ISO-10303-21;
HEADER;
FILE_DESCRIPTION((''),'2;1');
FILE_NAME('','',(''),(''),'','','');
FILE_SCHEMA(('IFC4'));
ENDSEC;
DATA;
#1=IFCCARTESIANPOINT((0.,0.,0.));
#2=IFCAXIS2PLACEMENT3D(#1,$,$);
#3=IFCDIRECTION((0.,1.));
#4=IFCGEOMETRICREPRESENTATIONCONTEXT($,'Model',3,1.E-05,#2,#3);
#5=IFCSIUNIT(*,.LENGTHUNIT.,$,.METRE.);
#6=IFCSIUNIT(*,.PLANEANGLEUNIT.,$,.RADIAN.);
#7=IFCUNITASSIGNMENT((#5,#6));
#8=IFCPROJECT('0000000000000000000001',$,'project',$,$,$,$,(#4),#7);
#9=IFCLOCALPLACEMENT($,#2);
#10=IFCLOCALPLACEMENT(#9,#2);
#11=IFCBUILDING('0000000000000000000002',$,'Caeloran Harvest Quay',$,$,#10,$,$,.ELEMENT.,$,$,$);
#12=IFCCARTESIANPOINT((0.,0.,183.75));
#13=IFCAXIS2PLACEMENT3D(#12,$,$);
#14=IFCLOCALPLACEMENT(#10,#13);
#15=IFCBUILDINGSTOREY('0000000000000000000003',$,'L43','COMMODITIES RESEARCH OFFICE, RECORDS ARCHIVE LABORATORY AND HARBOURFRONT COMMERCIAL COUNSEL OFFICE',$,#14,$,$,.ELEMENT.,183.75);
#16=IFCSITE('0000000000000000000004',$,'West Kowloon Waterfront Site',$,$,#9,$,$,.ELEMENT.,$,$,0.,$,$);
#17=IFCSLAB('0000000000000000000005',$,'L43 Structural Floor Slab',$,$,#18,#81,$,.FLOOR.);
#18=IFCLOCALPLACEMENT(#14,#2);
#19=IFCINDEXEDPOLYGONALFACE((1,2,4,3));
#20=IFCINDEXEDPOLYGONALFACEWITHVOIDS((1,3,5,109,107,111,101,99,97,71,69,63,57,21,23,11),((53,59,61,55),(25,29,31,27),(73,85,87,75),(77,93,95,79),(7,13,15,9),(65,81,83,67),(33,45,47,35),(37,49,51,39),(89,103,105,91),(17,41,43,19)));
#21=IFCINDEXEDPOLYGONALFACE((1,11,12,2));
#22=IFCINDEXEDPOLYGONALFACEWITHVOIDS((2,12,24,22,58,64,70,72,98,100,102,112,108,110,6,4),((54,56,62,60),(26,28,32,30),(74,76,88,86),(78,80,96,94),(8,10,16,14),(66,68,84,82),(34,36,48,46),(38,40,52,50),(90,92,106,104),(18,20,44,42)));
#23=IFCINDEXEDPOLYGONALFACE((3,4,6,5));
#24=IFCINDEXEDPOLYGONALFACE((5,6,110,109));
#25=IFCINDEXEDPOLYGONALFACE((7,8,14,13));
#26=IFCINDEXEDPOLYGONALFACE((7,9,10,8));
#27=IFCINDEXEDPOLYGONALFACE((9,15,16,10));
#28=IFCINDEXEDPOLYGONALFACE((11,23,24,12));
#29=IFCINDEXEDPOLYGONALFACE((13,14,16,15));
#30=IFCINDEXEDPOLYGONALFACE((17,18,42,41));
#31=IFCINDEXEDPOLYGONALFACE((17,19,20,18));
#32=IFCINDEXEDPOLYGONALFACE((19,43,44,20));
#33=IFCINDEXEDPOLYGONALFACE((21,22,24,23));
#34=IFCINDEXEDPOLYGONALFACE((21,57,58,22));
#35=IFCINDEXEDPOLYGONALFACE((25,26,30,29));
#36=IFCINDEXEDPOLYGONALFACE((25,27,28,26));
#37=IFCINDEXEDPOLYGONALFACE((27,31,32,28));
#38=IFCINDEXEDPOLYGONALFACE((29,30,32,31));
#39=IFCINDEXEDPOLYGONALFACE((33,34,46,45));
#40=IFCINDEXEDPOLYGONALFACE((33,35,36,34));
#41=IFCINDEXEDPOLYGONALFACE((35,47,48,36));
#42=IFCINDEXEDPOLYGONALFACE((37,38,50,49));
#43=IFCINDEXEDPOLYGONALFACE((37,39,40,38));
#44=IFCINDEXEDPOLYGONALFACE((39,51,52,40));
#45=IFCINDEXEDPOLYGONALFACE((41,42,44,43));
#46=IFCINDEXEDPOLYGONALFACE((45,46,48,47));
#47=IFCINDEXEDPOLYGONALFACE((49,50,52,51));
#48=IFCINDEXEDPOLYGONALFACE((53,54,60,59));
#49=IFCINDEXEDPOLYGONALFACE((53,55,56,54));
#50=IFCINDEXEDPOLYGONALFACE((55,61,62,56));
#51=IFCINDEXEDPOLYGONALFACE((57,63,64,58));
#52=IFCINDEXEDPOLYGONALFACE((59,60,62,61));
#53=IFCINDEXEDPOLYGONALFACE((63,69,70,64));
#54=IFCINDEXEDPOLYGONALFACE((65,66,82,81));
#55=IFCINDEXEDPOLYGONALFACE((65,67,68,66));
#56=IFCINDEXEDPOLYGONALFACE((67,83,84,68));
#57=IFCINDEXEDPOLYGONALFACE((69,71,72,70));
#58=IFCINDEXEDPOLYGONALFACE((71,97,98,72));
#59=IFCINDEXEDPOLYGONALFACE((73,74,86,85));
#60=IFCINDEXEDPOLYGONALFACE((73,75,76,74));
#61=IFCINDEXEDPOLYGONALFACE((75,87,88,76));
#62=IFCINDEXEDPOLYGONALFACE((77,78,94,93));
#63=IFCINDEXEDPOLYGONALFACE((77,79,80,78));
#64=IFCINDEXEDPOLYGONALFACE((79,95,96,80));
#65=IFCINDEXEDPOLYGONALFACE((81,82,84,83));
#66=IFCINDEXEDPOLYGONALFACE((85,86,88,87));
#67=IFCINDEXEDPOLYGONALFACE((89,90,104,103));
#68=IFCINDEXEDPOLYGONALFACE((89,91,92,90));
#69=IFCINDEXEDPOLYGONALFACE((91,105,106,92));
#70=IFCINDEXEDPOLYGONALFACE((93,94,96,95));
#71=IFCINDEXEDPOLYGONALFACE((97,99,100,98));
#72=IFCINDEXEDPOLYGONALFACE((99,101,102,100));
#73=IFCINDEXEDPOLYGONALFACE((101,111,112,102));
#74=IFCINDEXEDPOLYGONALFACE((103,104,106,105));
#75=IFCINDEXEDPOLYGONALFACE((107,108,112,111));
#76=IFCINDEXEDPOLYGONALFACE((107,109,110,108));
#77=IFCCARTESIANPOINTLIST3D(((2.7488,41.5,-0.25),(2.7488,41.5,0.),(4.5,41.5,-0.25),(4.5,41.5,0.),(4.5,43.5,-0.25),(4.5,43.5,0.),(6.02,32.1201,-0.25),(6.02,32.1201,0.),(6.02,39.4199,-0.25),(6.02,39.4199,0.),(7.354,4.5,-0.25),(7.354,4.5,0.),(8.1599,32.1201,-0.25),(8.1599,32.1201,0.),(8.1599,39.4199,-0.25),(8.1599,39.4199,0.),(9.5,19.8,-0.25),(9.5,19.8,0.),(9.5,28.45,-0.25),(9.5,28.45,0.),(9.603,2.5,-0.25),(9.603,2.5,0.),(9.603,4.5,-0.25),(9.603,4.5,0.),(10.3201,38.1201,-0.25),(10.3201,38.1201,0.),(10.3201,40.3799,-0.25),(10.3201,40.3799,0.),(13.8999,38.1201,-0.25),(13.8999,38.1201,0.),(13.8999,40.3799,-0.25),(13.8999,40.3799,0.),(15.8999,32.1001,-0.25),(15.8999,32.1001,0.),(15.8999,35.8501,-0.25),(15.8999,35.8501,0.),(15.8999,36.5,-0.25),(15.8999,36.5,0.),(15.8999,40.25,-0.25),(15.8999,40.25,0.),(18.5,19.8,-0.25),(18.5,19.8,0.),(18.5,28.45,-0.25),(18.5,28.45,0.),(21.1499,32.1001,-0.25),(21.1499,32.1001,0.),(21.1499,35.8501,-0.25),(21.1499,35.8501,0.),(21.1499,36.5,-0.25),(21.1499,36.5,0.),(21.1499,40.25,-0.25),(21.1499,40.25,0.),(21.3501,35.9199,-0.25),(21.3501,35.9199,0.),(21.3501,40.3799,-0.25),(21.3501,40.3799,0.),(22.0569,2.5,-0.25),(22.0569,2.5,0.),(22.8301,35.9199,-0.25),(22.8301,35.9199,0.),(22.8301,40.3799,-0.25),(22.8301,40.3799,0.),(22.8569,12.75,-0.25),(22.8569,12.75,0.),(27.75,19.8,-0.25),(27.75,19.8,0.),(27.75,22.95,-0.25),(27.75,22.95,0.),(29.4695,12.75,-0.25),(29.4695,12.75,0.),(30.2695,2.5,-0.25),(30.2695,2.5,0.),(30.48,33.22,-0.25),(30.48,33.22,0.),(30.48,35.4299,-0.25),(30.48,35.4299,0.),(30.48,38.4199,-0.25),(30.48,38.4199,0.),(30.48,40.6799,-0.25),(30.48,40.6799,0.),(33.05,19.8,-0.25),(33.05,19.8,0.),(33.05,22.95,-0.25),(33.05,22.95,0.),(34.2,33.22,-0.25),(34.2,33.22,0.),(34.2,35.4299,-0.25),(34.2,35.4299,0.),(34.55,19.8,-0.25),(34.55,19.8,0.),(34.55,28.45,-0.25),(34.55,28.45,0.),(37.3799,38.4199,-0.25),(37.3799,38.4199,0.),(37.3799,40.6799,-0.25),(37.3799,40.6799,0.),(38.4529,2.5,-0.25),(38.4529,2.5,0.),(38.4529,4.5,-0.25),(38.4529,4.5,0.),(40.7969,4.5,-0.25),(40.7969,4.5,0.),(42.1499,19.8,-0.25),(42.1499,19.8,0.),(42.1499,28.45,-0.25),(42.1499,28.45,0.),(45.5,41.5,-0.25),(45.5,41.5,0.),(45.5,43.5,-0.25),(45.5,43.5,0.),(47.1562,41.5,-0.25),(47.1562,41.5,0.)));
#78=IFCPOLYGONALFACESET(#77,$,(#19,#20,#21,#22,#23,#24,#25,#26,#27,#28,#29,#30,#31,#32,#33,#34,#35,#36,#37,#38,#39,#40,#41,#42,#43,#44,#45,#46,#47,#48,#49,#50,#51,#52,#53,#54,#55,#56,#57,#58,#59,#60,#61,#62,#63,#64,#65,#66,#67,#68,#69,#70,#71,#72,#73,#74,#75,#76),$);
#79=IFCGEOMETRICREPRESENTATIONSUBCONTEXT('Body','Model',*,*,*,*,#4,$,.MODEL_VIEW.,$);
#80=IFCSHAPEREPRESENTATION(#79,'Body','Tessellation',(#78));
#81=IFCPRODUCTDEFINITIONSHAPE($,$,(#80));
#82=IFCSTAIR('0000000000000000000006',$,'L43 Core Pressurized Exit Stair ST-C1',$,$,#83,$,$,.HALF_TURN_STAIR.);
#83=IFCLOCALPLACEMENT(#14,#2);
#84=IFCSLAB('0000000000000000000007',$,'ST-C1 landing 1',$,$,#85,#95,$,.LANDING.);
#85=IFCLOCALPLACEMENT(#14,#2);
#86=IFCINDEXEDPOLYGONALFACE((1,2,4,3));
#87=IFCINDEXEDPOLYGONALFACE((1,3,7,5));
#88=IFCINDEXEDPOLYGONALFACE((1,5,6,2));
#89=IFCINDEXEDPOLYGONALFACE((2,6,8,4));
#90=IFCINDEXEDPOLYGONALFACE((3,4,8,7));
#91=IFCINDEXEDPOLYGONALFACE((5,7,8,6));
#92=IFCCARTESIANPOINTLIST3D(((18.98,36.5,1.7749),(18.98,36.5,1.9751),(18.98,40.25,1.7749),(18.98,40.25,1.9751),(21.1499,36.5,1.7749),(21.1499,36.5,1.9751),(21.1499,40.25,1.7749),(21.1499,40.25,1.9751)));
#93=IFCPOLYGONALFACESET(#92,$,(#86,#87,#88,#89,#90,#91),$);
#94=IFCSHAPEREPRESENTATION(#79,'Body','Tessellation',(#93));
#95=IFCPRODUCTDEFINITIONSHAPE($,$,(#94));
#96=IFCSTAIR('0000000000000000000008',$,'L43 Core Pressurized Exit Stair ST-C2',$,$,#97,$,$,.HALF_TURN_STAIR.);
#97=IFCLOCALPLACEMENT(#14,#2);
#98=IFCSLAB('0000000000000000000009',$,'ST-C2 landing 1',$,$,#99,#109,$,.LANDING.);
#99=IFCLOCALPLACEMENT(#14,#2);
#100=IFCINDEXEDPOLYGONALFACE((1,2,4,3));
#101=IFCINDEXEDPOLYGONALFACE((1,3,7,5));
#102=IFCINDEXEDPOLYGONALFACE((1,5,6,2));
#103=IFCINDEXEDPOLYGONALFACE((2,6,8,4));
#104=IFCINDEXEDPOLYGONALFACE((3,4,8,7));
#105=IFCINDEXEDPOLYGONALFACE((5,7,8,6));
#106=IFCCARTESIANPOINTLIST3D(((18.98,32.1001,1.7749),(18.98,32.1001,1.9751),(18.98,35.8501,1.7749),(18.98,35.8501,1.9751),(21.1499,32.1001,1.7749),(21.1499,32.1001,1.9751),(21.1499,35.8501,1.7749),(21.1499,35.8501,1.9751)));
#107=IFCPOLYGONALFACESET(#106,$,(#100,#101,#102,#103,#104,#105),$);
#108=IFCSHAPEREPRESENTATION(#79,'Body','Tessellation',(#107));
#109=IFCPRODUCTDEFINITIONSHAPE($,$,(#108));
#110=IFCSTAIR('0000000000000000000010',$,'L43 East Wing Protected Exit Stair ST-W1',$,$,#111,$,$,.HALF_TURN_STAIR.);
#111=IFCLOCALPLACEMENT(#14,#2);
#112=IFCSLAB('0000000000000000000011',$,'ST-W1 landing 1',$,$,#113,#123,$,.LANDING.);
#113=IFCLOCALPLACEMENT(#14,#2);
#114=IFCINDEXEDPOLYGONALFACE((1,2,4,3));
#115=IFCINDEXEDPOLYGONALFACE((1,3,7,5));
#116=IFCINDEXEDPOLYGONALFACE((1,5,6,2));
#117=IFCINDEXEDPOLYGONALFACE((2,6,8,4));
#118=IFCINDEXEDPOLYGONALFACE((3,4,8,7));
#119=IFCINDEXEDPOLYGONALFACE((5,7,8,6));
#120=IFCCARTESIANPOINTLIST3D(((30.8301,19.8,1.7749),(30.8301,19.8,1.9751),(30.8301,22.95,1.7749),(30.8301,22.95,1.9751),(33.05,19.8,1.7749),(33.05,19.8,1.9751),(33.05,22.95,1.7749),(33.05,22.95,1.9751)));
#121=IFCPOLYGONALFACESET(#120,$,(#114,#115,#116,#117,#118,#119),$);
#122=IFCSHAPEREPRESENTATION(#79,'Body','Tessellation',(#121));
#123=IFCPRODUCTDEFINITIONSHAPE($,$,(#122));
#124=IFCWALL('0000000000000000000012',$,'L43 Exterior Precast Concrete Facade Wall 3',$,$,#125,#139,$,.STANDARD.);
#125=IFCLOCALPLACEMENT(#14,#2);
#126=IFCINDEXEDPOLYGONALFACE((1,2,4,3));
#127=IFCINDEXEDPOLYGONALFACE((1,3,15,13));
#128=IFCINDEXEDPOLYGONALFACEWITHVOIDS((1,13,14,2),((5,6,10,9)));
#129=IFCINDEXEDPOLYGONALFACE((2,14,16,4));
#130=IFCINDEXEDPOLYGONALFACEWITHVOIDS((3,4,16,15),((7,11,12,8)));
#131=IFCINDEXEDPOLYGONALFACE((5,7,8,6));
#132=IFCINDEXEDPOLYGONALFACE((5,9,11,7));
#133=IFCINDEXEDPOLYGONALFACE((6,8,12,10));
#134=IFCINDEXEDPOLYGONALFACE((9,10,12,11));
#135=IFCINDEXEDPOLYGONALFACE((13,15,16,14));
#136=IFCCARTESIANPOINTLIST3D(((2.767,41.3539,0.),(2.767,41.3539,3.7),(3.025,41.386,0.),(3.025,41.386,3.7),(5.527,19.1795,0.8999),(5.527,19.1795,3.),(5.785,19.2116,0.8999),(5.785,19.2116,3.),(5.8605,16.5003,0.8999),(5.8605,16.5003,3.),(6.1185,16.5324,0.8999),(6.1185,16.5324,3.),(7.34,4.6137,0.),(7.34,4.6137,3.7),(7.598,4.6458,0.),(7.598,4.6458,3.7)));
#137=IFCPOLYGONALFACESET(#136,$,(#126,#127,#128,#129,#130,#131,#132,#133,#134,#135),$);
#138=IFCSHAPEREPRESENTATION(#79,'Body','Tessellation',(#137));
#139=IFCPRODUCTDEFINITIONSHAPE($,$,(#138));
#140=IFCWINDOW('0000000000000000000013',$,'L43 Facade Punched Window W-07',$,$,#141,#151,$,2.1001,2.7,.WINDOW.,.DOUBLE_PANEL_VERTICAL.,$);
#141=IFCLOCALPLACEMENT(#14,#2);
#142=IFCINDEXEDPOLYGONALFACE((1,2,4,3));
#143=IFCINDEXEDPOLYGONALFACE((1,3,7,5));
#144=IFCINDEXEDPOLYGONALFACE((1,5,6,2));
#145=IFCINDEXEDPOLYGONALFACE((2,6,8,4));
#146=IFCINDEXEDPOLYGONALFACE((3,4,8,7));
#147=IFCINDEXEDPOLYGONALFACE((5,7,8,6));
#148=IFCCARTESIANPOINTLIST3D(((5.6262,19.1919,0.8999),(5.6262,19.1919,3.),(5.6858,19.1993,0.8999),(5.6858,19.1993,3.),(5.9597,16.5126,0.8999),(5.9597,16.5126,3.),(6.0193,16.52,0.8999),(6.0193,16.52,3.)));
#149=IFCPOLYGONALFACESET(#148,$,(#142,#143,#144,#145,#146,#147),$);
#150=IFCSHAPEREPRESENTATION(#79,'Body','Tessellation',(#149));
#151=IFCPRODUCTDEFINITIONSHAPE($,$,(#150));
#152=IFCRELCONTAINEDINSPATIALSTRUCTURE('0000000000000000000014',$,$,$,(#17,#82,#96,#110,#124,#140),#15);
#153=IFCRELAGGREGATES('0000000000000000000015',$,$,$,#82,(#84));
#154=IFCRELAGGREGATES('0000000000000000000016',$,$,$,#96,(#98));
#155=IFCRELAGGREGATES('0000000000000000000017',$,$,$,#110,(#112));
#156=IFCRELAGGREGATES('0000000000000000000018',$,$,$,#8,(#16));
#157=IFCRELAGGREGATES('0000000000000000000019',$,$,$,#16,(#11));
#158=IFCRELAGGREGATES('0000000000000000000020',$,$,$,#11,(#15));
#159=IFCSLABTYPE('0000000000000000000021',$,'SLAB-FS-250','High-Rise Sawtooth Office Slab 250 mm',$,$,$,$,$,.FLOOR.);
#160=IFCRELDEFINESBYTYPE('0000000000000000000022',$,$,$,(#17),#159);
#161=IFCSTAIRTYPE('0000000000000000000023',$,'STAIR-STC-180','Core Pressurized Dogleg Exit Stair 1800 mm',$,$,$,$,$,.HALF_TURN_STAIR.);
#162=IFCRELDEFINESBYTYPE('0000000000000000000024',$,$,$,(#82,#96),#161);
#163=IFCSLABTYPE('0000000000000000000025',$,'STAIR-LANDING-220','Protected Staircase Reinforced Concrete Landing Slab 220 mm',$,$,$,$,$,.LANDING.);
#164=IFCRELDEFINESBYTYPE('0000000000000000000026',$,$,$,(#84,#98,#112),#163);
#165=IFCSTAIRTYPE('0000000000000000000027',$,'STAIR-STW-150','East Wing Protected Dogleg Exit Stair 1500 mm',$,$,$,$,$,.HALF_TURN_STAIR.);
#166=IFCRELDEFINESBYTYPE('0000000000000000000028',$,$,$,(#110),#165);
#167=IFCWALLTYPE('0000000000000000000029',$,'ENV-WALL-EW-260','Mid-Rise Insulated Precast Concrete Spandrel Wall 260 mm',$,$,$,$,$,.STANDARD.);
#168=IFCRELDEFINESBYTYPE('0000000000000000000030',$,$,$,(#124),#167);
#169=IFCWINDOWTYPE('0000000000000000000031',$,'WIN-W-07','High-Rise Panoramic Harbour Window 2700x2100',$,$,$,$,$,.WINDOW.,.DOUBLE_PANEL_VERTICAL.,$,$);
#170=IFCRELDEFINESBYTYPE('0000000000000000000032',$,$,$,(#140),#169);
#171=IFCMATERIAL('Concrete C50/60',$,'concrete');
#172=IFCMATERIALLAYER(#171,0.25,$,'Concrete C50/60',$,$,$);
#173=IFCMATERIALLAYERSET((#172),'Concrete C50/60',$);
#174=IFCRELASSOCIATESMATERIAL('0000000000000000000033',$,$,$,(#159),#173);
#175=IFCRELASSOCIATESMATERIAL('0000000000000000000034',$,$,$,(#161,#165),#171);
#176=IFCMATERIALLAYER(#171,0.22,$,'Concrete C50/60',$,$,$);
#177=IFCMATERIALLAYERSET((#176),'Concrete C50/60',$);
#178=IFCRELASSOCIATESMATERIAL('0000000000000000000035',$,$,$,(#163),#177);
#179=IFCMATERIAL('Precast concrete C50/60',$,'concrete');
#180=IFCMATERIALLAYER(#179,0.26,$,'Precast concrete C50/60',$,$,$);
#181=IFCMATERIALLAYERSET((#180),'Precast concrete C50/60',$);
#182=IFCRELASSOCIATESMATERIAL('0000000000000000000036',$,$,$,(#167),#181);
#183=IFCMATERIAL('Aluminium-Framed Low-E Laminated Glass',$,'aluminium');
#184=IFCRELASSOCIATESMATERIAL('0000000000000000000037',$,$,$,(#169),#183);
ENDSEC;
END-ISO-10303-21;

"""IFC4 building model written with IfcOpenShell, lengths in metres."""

from ifc_helpers import new_model, si_unit, direction, frame, frame_2d, origin, place, context, subcontext, project, spatial, polyline, rectangle, outline, extrude, material, layer, layer_set, type_object, element, fill, aggregate, save


model = new_model("IFC4")

# Units and contexts
model_context = context("Model", 3, precision=1e-05, world=origin(), true_north=direction((0.0, 1.0)))
body_context = subcontext(model_context, "Body", "Model", "MODEL_VIEW")
ifc_project = project(units=[si_unit("LENGTHUNIT", "METRE"), si_unit("PLANEANGLEUNIT", "RADIAN")], contexts=[model_context])

# Site, building, storey
site_placement = place(None, origin())
site = spatial("IfcSite", under=ifc_project, at=site_placement, Name="West Kowloon Waterfront Site", CompositionType="ELEMENT", RefElevation=0.0)
building_placement = place(site_placement, origin())
building = spatial("IfcBuilding", under=site, at=building_placement, Name="Caeloran Harvest Quay", CompositionType="ELEMENT")
storey_placement = place(building_placement, frame((0.0, 0.0, 183.75)))
storey = spatial("IfcBuildingStorey", under=building, at=storey_placement, Name="L43", Description="COMMODITIES RESEARCH OFFICE, RECORDS ARCHIVE LABORATORY AND HARBOURFRONT COMMERCIAL COUNSEL OFFICE", CompositionType="ELEMENT", Elevation=183.75)

# Slab
ifc_material_1 = material(Name="Concrete C50/60", Category="concrete")
ifc_layer_1 = layer(ifc_material_1, 0.25, Name="Concrete C50/60")
ifc_layer_set_1 = layer_set([ifc_layer_1], Name="Concrete C50/60")
slab_type_1 = type_object("IfcSlabType", Name="SLAB-FS-250", Description="High-Rise Sawtooth Office Slab 250 mm", PredefinedType="FLOOR", material=ifc_layer_set_1)
slab_1_placement = place(storey_placement, frame((0.0, 0.0, -0.25)))
element("IfcSlab", 1, at=slab_1_placement, inside=storey, type_object=slab_type_1, Name="L43 Structural Floor Slab", PredefinedType="FLOOR", context=body_context, shape_type="SweptSolid", body=[
    extrude(outline(polyline([(9.603, 2.5), (22.0569, 2.5), (22.8569, 12.75), (29.4695, 12.75), (30.2695, 2.5), (38.4529, 2.5), (38.4529, 4.5), (40.7969, 4.5), (47.1562, 41.5), (45.5, 41.5), (45.5, 43.5), (4.5, 43.5), (4.5, 41.5), (2.7488, 41.5), (7.354, 4.5), (9.603, 4.5), (9.603, 2.5)]), holes=[polyline([(27.75, 19.8), (27.75, 22.95), (33.05, 22.95), (33.05, 19.8), (27.75, 19.8)]), polyline([(18.5, 19.8), (9.5, 19.8), (9.5, 28.45), (18.5, 28.45), (18.5, 19.8)]), polyline([(42.1499, 19.8), (34.55, 19.8), (34.55, 28.45), (42.1499, 28.45), (42.1499, 19.8)]), polyline([(15.8999, 35.8501), (21.1499, 35.8501), (21.1499, 32.1001), (15.8999, 32.1001), (15.8999, 35.8501)]), polyline([(30.48, 33.22), (30.48, 35.4299), (34.2, 35.4299), (34.2, 33.22), (30.48, 33.22)]), polyline([(8.1599, 32.1201), (6.02, 32.1201), (6.02, 39.4199), (8.1599, 39.4199), (8.1599, 32.1201)]), polyline([(22.8301, 35.9199), (21.3501, 35.9199), (21.3501, 40.3799), (22.8301, 40.3799), (22.8301, 35.9199)]), polyline([(15.8999, 36.5), (15.8999, 40.25), (21.1499, 40.25), (21.1499, 36.5), (15.8999, 36.5)]), polyline([(10.3201, 38.1201), (10.3201, 40.3799), (13.8999, 40.3799), (13.8999, 38.1201), (10.3201, 38.1201)]), polyline([(30.48, 38.4199), (30.48, 40.6799), (37.3799, 40.6799), (37.3799, 38.4199), (30.48, 38.4199)])]), origin(), (0.0, 0.0, 1.0), 0.25),
])

# Stairs, slabs
stair_type_1 = type_object("IfcStairType", Name="STAIR-STC-180", Description="Core Pressurized Dogleg Exit Stair 1800 mm", PredefinedType="HALF_TURN_STAIR", material=ifc_material_1)
stair_1_placement = place(storey_placement, origin())
stair_1 = element("IfcStair", 2, at=stair_1_placement, inside=storey, type_object=stair_type_1, Name="L43 Core Pressurized Exit Stair ST-C1", PredefinedType="HALF_TURN_STAIR")
ifc_layer_2 = layer(ifc_material_1, 0.22, Name="Concrete C50/60")
ifc_layer_set_2 = layer_set([ifc_layer_2], Name="Concrete C50/60")
slab_type_2 = type_object("IfcSlabType", Name="STAIR-LANDING-220", Description="Protected Staircase Reinforced Concrete Landing Slab 220 mm", PredefinedType="LANDING", material=ifc_layer_set_2)
slab_2_placement = place(storey_placement, frame((0.0, 0.0, 1.7749)))
slab_2 = element("IfcSlab", 3, at=slab_2_placement, type_object=slab_type_2, Name="ST-C1 landing 1", PredefinedType="LANDING", context=body_context, shape_type="SweptSolid", body=[
    extrude(outline(polyline([(18.98, 36.5), (21.1499, 36.5), (21.1499, 40.25), (18.98, 40.25), (18.98, 36.5)])), origin(), (0.0, 0.0, 1.0), 0.2002),
])
aggregate(stair_1, [slab_2])
stair_2_placement = place(storey_placement, origin())
stair_2 = element("IfcStair", 4, at=stair_2_placement, inside=storey, type_object=stair_type_1, Name="L43 Core Pressurized Exit Stair ST-C2", PredefinedType="HALF_TURN_STAIR")
slab_3_placement = place(storey_placement, frame((0.0, 0.0, 1.7749)))
slab_3 = element("IfcSlab", 5, at=slab_3_placement, type_object=slab_type_2, Name="ST-C2 landing 1", PredefinedType="LANDING", context=body_context, shape_type="SweptSolid", body=[
    extrude(outline(polyline([(18.98, 32.1001), (21.1499, 32.1001), (21.1499, 35.8501), (18.98, 35.8501), (18.98, 32.1001)])), origin(), (0.0, 0.0, 1.0), 0.2002),
])
aggregate(stair_2, [slab_3])
stair_type_2 = type_object("IfcStairType", Name="STAIR-STW-150", Description="East Wing Protected Dogleg Exit Stair 1500 mm", PredefinedType="HALF_TURN_STAIR", material=ifc_material_1)
stair_3_placement = place(storey_placement, origin())
stair_3 = element("IfcStair", 6, at=stair_3_placement, inside=storey, type_object=stair_type_2, Name="L43 East Wing Protected Exit Stair ST-W1", PredefinedType="HALF_TURN_STAIR")
slab_4_placement = place(storey_placement, frame((0.0, 0.0, 1.7749)))
slab_4 = element("IfcSlab", 7, at=slab_4_placement, type_object=slab_type_2, Name="ST-W1 landing 1", PredefinedType="LANDING", context=body_context, shape_type="SweptSolid", body=[
    extrude(outline(polyline([(30.8301, 19.8), (33.05, 19.8), (33.05, 22.95), (30.8301, 22.95), (30.8301, 19.8)])), origin(), (0.0, 0.0, 1.0), 0.2002),
])
aggregate(stair_3, [slab_4])

# Wall, opening, window
ifc_material_2 = material(Name="Precast concrete C50/60", Category="concrete")
ifc_layer_3 = layer(ifc_material_2, 0.26, Name="Precast concrete C50/60")
ifc_layer_set_3 = layer_set([ifc_layer_3], Name="Precast concrete C50/60")
wall_type_1 = type_object("IfcWallType", Name="ENV-WALL-EW-260", Description="Mid-Rise Insulated Precast Concrete Spandrel Wall 260 mm", PredefinedType="STANDARD", material=ifc_layer_set_3)
wall_1_placement = place(storey_placement, frame((7.469, 4.6299, 0.0), z_axis=(0.0, 0.0, 1.0), x_axis=(-0.123515, 0.992343, 0.0)))
wall_1 = element("IfcWall", 8, at=wall_1_placement, inside=storey, type_object=wall_type_1, Name="L43 Exterior Precast Concrete Facade Wall 3", PredefinedType="STANDARD", context=body_context, shape_type="SweptSolid", body=[
    extrude(rectangle(XDim=37.0237, YDim=0.26, at=frame_2d((18.5117, 0.0))), origin(), (0.0, 0.0, 1.0), 3.7),
])
opening_1_placement = place(wall_1_placement, frame((11.978, 0.0, 0.8999)))
opening_1 = element("IfcOpeningElement", 9, at=opening_1_placement, cuts=wall_1, PredefinedType="OPENING", context=body_context, shape_type="SweptSolid", body=[
    extrude(rectangle(XDim=2.7, YDim=2.1001, at=frame_2d((1.3501, 1.05))), frame((0.0, 0.1401, 0.0), z_axis=(0.0, -1.0, 0.0), x_axis=(1.0, 0.0, 0.0)), (0.0, 0.0, 1.0), 0.28),
])
ifc_material_3 = material(Name="Aluminium-Framed Low-E Laminated Glass", Category="aluminium")
window_type = type_object("IfcWindowType", Name="WIN-W-07", Description="High-Rise Panoramic Harbour Window 2700x2100", PartitioningType="DOUBLE_PANEL_VERTICAL", PredefinedType="WINDOW", material=ifc_material_3)
window_placement = place(opening_1_placement, origin())
window = element("IfcWindow", 10, at=window_placement, inside=storey, type_object=window_type, Name="L43 Facade Punched Window W-07", OverallHeight=2.1001, OverallWidth=2.7, PartitioningType="DOUBLE_PANEL_VERTICAL", PredefinedType="WINDOW", context=body_context, shape_type="SweptSolid", body=[
    extrude(rectangle(XDim=2.7, YDim=2.1001, at=frame_2d((1.3501, 1.05))), frame((0.0, 0.03, 0.0), z_axis=(0.0, -1.0, 0.0), x_axis=(1.0, 0.0, 0.0)), (0.0, 0.0, 1.0), 0.0601),
])
fill(opening_1, window)

save(model, "model.ifc")
